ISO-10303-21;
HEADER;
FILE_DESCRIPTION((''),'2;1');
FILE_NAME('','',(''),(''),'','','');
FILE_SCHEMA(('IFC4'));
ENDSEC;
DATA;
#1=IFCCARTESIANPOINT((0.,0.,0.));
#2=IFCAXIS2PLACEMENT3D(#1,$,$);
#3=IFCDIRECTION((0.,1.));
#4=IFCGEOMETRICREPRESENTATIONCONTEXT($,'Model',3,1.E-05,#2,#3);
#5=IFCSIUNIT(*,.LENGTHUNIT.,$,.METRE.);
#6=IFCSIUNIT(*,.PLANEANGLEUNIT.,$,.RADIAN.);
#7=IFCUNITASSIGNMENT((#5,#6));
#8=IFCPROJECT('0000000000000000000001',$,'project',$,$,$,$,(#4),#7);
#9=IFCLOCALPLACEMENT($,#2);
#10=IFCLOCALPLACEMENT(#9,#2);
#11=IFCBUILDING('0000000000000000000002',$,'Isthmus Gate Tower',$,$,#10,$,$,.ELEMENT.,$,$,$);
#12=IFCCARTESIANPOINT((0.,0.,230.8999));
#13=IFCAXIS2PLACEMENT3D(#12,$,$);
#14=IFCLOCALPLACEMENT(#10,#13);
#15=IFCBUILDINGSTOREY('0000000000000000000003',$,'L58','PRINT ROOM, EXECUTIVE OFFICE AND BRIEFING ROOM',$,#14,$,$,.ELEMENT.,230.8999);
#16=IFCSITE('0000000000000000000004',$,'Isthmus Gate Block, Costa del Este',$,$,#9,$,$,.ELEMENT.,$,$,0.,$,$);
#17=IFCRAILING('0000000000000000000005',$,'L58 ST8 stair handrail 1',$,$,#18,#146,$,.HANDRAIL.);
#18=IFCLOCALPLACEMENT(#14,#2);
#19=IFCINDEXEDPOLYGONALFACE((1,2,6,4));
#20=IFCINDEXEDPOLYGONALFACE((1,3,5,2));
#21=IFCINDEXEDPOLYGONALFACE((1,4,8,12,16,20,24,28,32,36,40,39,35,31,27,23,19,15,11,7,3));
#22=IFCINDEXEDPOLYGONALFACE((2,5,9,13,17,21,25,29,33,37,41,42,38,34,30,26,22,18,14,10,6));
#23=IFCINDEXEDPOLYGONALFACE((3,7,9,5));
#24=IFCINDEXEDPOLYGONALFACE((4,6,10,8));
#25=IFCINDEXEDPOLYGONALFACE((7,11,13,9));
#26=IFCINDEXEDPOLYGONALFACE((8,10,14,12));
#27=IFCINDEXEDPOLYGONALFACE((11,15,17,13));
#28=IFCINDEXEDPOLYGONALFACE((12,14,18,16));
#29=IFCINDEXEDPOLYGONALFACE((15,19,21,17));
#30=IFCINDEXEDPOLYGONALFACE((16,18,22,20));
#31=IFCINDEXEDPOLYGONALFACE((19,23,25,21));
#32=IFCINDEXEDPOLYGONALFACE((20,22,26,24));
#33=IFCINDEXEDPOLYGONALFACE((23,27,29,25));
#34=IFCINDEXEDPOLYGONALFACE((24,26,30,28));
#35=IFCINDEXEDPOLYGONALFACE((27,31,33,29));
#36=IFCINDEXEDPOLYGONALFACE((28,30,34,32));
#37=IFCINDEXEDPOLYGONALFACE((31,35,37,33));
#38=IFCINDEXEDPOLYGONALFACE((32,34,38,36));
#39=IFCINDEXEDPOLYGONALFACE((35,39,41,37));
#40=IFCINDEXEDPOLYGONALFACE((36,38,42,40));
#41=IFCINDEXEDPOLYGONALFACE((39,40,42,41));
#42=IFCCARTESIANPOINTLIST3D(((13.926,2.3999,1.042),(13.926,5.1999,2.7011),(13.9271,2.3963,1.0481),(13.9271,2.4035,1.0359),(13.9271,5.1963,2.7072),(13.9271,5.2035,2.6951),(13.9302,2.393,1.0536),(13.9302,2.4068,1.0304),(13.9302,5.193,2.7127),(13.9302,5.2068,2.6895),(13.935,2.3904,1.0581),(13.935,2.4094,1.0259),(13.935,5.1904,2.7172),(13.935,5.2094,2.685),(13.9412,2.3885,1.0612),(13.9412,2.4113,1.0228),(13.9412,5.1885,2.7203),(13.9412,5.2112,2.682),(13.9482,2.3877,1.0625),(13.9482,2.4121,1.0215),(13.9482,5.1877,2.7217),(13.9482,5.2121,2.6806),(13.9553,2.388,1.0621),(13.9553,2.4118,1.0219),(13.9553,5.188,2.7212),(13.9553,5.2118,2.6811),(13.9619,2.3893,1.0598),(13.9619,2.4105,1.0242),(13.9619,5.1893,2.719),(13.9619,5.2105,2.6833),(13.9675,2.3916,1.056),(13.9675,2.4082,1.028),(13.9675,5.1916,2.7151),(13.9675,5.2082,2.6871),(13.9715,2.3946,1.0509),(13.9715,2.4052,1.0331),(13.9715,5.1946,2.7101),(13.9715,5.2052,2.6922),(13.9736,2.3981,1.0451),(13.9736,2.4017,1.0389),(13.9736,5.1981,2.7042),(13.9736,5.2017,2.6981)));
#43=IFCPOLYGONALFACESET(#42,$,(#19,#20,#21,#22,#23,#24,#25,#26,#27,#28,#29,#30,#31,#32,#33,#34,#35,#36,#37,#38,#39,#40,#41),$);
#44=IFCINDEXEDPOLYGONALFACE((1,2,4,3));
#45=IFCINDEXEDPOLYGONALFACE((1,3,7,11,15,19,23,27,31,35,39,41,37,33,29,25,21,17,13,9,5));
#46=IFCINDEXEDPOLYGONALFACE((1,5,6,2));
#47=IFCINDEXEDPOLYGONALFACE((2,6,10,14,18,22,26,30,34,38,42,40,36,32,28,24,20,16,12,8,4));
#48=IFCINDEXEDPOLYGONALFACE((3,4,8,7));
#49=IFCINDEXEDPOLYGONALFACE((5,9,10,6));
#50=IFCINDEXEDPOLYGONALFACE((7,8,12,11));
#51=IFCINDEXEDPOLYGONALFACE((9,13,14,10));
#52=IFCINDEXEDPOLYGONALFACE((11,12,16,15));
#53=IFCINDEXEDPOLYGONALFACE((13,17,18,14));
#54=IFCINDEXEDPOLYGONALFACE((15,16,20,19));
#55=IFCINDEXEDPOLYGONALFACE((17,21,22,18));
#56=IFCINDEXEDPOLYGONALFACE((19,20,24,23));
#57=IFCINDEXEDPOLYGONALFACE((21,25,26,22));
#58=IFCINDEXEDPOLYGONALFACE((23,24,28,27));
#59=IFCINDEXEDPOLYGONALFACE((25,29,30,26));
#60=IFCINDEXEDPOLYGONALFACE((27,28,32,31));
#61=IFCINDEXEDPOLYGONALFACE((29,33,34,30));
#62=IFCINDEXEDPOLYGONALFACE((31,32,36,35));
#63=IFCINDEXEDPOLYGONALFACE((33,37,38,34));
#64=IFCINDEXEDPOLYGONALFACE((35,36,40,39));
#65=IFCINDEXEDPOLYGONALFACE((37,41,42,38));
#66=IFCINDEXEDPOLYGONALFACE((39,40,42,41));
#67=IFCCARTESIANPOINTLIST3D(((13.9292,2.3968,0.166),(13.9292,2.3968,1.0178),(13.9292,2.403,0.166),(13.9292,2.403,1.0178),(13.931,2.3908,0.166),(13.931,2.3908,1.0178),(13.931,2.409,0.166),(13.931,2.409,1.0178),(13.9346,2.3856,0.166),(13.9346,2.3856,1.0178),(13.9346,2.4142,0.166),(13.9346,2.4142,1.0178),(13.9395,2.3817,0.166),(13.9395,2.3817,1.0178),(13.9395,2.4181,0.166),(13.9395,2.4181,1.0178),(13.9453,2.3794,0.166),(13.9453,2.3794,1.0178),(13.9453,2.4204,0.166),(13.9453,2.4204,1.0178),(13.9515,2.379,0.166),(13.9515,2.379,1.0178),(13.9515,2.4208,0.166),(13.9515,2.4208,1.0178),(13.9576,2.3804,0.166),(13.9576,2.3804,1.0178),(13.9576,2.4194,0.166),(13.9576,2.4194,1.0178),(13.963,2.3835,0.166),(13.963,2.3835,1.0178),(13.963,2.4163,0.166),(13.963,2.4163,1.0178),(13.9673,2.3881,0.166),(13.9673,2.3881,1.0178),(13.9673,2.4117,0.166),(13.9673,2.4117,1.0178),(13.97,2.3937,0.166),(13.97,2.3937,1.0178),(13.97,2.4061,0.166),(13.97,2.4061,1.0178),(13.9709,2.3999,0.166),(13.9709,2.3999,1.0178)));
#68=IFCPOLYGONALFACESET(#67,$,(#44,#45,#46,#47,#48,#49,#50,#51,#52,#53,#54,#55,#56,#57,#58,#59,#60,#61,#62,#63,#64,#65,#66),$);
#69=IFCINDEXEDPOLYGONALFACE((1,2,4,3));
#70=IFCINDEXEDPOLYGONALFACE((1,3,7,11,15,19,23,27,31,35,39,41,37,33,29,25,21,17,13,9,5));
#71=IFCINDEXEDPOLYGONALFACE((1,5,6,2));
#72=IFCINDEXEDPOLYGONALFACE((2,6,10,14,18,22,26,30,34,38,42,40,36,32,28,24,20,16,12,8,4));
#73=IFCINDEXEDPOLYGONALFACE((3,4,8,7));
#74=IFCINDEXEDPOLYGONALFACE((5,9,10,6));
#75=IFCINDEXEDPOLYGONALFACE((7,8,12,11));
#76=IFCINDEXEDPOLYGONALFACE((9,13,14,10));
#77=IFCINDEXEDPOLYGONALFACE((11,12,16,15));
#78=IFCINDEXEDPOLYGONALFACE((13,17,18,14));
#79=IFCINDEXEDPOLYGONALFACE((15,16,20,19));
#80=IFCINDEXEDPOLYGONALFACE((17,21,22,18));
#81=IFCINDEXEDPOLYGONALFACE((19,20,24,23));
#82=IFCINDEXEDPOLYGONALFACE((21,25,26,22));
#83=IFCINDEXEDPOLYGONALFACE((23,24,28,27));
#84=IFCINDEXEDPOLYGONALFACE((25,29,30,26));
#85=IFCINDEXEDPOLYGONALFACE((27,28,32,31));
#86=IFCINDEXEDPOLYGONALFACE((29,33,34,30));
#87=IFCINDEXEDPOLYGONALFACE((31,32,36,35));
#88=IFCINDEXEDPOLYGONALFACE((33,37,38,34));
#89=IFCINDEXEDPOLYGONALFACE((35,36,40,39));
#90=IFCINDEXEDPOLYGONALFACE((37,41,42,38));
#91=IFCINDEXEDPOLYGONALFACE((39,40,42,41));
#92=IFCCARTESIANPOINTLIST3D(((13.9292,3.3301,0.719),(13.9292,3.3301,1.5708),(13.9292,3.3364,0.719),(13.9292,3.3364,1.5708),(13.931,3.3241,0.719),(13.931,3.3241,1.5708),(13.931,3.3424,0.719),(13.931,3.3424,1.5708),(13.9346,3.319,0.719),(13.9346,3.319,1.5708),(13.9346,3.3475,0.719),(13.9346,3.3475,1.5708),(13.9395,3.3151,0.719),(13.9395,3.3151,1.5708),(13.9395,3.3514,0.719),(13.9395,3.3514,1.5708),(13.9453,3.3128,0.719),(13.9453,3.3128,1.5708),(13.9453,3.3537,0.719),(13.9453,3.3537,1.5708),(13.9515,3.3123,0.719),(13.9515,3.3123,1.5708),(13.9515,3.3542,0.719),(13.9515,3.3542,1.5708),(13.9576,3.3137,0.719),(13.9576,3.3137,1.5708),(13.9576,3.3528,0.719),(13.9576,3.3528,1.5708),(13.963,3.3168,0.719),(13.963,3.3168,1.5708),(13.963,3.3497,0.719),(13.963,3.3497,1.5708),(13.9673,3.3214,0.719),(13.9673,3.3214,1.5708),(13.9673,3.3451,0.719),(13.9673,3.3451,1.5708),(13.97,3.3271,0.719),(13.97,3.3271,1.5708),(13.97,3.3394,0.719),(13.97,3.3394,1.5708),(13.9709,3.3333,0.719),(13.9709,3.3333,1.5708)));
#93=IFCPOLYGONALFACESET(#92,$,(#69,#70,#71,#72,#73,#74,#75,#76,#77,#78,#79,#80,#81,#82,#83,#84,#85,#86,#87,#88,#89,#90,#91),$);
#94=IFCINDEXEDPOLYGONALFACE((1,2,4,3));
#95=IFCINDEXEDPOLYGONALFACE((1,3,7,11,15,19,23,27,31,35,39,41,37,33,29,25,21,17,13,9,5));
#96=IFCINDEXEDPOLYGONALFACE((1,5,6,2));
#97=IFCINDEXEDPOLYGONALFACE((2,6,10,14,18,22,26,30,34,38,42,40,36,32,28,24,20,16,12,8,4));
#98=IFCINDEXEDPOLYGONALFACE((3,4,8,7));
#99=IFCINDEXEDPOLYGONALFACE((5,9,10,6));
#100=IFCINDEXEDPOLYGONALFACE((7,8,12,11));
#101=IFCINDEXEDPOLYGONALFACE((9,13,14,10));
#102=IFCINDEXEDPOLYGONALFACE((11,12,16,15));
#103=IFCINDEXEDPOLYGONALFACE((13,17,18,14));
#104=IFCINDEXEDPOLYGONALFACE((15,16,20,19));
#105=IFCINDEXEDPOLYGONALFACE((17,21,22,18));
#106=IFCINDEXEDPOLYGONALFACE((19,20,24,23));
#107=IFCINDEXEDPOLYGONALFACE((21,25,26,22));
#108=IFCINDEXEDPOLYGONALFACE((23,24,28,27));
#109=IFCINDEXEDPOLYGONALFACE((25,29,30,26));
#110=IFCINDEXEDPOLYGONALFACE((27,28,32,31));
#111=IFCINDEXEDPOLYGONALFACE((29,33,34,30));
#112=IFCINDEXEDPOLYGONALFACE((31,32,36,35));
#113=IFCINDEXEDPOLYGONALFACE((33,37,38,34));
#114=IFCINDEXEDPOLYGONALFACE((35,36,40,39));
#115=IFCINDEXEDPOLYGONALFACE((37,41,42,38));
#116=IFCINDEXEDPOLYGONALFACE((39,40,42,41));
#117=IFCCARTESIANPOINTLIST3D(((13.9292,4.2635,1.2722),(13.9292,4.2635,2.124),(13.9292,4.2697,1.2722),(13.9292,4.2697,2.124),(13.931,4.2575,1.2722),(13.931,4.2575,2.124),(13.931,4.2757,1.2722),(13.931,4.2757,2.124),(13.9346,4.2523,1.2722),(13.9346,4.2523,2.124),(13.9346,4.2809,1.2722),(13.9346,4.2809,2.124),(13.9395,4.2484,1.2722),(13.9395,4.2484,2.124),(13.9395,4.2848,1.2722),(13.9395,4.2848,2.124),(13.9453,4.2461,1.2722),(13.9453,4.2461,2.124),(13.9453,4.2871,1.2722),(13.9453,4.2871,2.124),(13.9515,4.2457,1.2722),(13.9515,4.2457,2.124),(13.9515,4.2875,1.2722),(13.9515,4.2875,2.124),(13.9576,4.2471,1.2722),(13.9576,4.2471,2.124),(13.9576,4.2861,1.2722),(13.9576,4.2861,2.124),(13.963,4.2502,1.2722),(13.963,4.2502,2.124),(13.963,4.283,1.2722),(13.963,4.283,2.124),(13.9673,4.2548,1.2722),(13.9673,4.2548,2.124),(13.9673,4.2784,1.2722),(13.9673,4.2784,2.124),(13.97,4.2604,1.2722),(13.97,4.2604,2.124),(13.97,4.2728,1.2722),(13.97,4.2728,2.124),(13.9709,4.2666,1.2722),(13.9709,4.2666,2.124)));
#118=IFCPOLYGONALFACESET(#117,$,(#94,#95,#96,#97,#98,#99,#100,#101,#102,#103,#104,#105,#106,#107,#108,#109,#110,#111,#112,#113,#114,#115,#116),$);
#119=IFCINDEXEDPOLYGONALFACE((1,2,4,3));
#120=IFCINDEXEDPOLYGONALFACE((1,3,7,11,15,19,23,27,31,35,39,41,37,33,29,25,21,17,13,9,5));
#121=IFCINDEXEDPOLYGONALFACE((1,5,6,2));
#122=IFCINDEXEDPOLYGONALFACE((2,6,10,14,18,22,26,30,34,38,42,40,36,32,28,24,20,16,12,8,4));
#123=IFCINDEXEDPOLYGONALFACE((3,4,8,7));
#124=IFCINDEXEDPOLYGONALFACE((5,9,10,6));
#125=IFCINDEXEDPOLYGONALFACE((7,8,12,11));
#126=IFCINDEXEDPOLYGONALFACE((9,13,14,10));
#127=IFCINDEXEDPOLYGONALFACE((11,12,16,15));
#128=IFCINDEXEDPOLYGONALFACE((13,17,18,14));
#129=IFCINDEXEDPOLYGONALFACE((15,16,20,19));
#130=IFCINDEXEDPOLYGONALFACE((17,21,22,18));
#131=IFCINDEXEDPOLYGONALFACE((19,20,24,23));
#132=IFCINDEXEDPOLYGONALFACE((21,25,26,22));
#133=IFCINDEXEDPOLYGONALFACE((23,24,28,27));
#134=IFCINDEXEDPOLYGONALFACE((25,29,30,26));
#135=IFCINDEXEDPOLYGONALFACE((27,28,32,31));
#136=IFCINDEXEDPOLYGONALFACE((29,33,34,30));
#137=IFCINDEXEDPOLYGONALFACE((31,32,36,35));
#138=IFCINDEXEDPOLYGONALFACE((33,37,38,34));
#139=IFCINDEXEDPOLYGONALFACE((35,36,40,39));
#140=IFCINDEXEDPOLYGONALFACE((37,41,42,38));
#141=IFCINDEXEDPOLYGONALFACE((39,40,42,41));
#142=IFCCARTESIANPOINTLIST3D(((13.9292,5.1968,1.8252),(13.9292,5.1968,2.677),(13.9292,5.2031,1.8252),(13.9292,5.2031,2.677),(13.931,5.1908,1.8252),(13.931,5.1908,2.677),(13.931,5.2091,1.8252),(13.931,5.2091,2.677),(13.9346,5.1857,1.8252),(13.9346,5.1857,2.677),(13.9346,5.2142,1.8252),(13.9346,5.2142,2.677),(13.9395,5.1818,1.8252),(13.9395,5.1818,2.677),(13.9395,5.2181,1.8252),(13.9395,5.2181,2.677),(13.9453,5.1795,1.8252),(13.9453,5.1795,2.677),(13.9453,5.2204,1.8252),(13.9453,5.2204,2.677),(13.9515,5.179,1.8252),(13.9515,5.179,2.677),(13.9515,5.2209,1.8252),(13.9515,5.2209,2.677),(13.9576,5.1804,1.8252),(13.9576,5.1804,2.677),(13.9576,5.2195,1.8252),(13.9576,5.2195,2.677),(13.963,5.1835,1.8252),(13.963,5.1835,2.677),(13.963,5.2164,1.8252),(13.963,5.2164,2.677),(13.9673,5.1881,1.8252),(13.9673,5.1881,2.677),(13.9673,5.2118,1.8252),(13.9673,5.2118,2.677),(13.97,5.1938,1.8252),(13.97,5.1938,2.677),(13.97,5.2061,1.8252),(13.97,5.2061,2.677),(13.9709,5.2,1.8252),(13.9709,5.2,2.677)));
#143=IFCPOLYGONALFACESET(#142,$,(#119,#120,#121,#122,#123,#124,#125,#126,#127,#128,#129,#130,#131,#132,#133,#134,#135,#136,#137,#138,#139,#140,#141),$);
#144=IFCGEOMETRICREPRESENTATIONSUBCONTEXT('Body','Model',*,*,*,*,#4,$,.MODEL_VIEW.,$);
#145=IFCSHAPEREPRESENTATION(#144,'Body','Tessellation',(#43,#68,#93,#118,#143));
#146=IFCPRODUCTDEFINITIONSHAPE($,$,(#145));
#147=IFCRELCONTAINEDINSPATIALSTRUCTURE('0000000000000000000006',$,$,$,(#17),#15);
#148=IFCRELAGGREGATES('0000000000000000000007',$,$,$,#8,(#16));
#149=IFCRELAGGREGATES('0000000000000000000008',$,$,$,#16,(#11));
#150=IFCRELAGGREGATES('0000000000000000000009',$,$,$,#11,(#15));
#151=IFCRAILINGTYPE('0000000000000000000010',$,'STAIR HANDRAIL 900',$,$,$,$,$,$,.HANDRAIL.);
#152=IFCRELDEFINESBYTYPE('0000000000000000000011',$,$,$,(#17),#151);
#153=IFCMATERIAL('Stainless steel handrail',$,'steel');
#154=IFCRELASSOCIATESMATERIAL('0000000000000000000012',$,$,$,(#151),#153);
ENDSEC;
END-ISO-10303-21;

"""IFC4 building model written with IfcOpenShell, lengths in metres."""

from ifc_helpers import new_model, si_unit, direction, frame, origin, origin_2d, place, context, subcontext, project, spatial, circle, extrude, material, type_object, element, save


model = new_model("IFC4")

# Units and contexts
model_context = context("Model", 3, precision=1e-05, world=origin(), true_north=direction((0.0, 1.0)))
body_context = subcontext(model_context, "Body", "Model", "MODEL_VIEW")
ifc_project = project(units=[si_unit("LENGTHUNIT", "METRE"), si_unit("PLANEANGLEUNIT", "RADIAN")], contexts=[model_context])

# Site, building, storey
site_placement = place(None, origin())
site = spatial("IfcSite", under=ifc_project, at=site_placement, Name="Isthmus Gate Block, Costa del Este", CompositionType="ELEMENT", RefElevation=0.0)
building_placement = place(site_placement, origin())
building = spatial("IfcBuilding", under=site, at=building_placement, Name="Isthmus Gate Tower", CompositionType="ELEMENT")
storey_placement = place(building_placement, frame((0.0, 0.0, 230.8999)))
storey = spatial("IfcBuildingStorey", under=building, at=storey_placement, Name="L58", Description="PRINT ROOM, EXECUTIVE OFFICE AND BRIEFING ROOM", CompositionType="ELEMENT", Elevation=230.8999)

# Railing
ifc_material_1 = material(Name="Stainless steel handrail", Category="steel")
railing_type_1 = type_object("IfcRailingType", Name="STAIR HANDRAIL 900", PredefinedType="HANDRAIL", material=ifc_material_1)
for number, where, name in (
    (1, (13.95, 2.3999, 0.166), "L58 ST8 stair handrail 1"),
):
    element("IfcRailing", number, at=place(storey_placement, frame(where)), inside=storey, type_object=railing_type_1, Name=name, PredefinedType="HANDRAIL", context=body_context, shape_type="SweptSolid", body=[
        extrude(circle(Radius=0.0239, at=origin_2d()), frame((0.0, 0.0, 0.876), z_axis=(0.0, 0.860306, 0.509778), x_axis=(-1.0, 0.0, 0.0)), (0.0, 0.0, 1.0), 3.2546),
        extrude(circle(Radius=0.021, at=origin_2d()), origin(), (0.0, 0.0, 1.0), 0.8518),
        extrude(circle(Radius=0.021, at=origin_2d()), frame((0.0, 0.9333, 0.553)), (0.0, 0.0, 1.0), 0.8518),
        extrude(circle(Radius=0.021, at=origin_2d()), frame((0.0, 1.8667, 1.1062)), (0.0, 0.0, 1.0), 0.8518),
        extrude(circle(Radius=0.021, at=origin_2d()), frame((0.0, 2.8, 1.6592)), (0.0, 0.0, 1.0), 0.8518),
    ])

save(model, "model.ifc")
